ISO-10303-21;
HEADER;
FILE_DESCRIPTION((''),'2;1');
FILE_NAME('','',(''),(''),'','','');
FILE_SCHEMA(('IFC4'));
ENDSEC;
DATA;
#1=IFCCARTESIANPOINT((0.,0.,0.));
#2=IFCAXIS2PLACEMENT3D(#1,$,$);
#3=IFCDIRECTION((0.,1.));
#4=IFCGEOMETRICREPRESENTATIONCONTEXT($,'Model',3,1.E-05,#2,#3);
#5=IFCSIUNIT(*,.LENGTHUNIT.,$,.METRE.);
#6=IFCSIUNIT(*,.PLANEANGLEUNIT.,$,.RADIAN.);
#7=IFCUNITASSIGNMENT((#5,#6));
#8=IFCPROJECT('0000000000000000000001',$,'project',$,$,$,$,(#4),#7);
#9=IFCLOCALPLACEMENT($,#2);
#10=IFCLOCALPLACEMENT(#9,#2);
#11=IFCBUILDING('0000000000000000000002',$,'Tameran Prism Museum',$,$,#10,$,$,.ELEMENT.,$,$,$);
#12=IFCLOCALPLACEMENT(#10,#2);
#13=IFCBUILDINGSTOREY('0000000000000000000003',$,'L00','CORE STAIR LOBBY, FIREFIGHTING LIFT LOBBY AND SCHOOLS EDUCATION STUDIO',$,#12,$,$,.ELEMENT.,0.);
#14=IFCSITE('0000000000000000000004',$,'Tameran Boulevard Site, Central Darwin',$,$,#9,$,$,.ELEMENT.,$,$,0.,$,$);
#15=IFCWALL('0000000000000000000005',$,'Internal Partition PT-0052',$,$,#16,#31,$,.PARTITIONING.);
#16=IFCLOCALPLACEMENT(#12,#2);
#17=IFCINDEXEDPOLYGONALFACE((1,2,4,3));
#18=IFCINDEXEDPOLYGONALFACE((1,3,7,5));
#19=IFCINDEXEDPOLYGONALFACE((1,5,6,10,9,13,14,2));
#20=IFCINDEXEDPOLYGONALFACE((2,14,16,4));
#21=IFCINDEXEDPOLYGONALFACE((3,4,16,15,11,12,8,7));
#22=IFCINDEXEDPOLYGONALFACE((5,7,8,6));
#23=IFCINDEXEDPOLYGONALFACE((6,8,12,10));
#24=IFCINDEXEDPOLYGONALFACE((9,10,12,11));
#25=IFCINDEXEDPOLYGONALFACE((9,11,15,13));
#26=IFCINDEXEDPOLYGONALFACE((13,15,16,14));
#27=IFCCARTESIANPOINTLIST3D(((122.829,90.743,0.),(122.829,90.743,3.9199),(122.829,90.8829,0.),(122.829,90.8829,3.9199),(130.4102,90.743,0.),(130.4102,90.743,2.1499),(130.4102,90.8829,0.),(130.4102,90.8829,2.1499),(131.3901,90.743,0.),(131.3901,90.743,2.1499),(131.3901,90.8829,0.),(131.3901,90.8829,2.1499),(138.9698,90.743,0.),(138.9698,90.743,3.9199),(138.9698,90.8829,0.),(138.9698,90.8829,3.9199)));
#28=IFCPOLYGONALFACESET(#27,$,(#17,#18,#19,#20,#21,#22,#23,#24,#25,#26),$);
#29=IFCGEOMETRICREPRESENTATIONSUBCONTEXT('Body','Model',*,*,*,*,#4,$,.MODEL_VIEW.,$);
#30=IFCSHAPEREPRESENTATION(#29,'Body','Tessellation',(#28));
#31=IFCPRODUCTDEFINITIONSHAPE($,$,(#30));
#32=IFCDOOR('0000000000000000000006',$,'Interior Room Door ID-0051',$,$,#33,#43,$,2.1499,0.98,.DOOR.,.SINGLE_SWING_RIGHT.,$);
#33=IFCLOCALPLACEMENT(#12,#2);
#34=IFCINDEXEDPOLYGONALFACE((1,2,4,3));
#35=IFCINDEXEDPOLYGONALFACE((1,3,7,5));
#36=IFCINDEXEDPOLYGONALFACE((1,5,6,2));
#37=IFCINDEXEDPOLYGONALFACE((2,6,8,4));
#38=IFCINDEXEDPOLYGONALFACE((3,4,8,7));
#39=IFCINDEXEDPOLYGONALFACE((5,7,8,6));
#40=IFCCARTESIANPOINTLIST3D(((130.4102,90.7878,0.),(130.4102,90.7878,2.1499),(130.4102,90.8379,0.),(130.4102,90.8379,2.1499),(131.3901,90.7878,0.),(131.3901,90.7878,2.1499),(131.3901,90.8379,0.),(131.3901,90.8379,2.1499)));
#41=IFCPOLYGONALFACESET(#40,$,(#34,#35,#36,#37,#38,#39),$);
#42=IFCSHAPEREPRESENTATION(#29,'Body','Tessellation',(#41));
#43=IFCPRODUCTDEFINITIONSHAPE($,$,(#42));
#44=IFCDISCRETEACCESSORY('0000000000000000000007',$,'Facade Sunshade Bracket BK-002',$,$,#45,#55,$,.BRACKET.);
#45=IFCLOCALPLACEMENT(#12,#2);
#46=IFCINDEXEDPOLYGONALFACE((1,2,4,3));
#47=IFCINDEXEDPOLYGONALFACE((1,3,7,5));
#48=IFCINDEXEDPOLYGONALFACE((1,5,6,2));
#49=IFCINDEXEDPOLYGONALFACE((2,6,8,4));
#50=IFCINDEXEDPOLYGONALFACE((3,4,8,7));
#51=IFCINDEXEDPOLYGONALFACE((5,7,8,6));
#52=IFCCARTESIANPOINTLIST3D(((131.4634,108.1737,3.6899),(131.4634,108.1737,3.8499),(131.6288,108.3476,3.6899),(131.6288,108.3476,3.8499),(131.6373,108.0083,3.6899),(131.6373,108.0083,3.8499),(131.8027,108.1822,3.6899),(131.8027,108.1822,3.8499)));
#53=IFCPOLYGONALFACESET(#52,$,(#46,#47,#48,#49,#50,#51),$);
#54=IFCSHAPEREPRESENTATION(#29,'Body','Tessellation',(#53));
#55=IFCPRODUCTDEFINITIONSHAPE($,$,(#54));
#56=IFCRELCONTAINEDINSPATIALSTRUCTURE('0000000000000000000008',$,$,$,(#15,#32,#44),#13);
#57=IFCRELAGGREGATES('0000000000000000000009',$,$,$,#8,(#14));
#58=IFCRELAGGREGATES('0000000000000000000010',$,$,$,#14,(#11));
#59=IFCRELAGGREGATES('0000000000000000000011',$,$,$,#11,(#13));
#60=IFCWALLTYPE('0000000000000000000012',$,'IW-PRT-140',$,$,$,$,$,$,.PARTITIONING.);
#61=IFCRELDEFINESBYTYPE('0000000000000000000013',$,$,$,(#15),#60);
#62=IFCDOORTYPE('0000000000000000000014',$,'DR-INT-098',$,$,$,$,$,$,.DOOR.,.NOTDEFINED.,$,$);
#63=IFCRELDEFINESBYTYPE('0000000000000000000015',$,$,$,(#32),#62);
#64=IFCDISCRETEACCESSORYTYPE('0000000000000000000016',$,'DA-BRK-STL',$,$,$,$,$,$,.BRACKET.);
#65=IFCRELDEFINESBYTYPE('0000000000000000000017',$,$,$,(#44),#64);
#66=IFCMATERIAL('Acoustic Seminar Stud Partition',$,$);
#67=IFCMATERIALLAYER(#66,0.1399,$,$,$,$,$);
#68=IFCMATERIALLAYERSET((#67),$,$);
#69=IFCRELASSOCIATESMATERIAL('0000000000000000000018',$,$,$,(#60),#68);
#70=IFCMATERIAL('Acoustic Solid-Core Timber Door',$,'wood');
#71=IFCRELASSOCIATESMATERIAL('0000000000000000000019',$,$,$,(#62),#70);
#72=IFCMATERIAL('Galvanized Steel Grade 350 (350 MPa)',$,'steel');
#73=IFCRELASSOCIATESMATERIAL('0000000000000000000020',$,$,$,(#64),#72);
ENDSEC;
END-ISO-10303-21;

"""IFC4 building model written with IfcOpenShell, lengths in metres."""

from ifc_helpers import new_model, si_unit, direction, frame, frame_2d, origin, origin_2d, place, context, subcontext, project, spatial, rectangle, extrude, material, layer, layer_set, type_object, element, fill, save


model = new_model("IFC4")

# Units and contexts
model_context = context("Model", 3, precision=1e-05, world=origin(), true_north=direction((0.0, 1.0)))
body_context = subcontext(model_context, "Body", "Model", "MODEL_VIEW")
ifc_project = project(units=[si_unit("LENGTHUNIT", "METRE"), si_unit("PLANEANGLEUNIT", "RADIAN")], contexts=[model_context])

# Site, building, storey
site_placement = place(None, origin())
site = spatial("IfcSite", under=ifc_project, at=site_placement, Name="Tameran Boulevard Site, Central Darwin", CompositionType="ELEMENT", RefElevation=0.0)
building_placement = place(site_placement, origin())
building = spatial("IfcBuilding", under=site, at=building_placement, Name="Tameran Prism Museum", CompositionType="ELEMENT")
storey_placement = place(building_placement, origin())
storey = spatial("IfcBuildingStorey", under=building, at=storey_placement, Name="L00", Description="CORE STAIR LOBBY, FIREFIGHTING LIFT LOBBY AND SCHOOLS EDUCATION STUDIO", CompositionType="ELEMENT", Elevation=0.0)

# Wall, opening, door
ifc_material_1 = material(Name="Acoustic Seminar Stud Partition")
ifc_layer_1 = layer(ifc_material_1, 0.1399)
ifc_layer_set_1 = layer_set([ifc_layer_1])
wall_type_1 = type_object("IfcWallType", Name="IW-PRT-140", PredefinedType="PARTITIONING", material=ifc_layer_set_1)
wall_1_placement = place(storey_placement, frame((122.8291, 90.813, 0.0), z_axis=(0.0, 0.0, 1.0), x_axis=(1.0, 0.0, 0.0)))
wall_1 = element("IfcWall", 1, at=wall_1_placement, inside=storey, type_object=wall_type_1, Name="Internal Partition PT-0052", PredefinedType="PARTITIONING", context=body_context, shape_type="SweptSolid", body=[
    extrude(rectangle(XDim=16.1409, YDim=0.1399, at=frame_2d((8.0703, 0.0))), origin(), (0.0, 0.0, 1.0), 3.9199),
])
opening_1_placement = place(wall_1_placement, frame((7.5811, 0.0, 0.0)))
opening_1 = element("IfcOpeningElement", 2, at=opening_1_placement, cuts=wall_1, PredefinedType="OPENING", context=body_context, shape_type="SweptSolid", body=[
    extrude(rectangle(XDim=0.98, YDim=2.1499, at=frame_2d((0.49, 1.075))), frame((0.0, 0.0798, 0.0), z_axis=(0.0, -1.0, 0.0), x_axis=(1.0, 0.0, 0.0)), (0.0, 0.0, 1.0), 0.1599),
])
ifc_material_2 = material(Name="Acoustic Solid-Core Timber Door", Category="wood")
door_type_1 = type_object("IfcDoorType", Name="DR-INT-098", OperationType="NOTDEFINED", PredefinedType="DOOR", material=ifc_material_2)
door_1_placement = place(opening_1_placement, origin())
door_1 = element("IfcDoor", 3, at=door_1_placement, inside=storey, type_object=door_type_1, Name="Interior Room Door ID-0051", OperationType="SINGLE_SWING_RIGHT", OverallHeight=2.1499, OverallWidth=0.98, PredefinedType="DOOR", context=body_context, shape_type="SweptSolid", body=[
    extrude(rectangle(XDim=0.98, YDim=2.1499, at=frame_2d((0.49, 1.075))), frame((0.0, 0.0249, 0.0), z_axis=(0.0, -1.0, 0.0), x_axis=(1.0, 0.0, 0.0)), (0.0, 0.0, 1.0), 0.05),
])
fill(opening_1, door_1)

# Discrete accessory
ifc_material_3 = material(Name="Galvanized Steel Grade 350 (350 MPa)", Category="steel")
discrete_accessory_type = type_object("IfcDiscreteAccessoryType", Name="DA-BRK-STL", PredefinedType="BRACKET", material=ifc_material_3)
discrete_accessory_placement = place(storey_placement, frame((131.6331, 108.178, 3.6899), z_axis=(0.0, 0.0, 1.0), x_axis=(0.724533, -0.68924, 0.0)))
element("IfcDiscreteAccessory", 4, at=discrete_accessory_placement, inside=storey, type_object=discrete_accessory_type, Name="Facade Sunshade Bracket BK-002", PredefinedType="BRACKET", context=body_context, shape_type="SweptSolid", body=[
    extrude(rectangle(XDim=0.24, YDim=0.24, at=origin_2d()), origin(), (0.0, 0.0, 1.0), 0.1599),
])

save(model, "model.ifc")
